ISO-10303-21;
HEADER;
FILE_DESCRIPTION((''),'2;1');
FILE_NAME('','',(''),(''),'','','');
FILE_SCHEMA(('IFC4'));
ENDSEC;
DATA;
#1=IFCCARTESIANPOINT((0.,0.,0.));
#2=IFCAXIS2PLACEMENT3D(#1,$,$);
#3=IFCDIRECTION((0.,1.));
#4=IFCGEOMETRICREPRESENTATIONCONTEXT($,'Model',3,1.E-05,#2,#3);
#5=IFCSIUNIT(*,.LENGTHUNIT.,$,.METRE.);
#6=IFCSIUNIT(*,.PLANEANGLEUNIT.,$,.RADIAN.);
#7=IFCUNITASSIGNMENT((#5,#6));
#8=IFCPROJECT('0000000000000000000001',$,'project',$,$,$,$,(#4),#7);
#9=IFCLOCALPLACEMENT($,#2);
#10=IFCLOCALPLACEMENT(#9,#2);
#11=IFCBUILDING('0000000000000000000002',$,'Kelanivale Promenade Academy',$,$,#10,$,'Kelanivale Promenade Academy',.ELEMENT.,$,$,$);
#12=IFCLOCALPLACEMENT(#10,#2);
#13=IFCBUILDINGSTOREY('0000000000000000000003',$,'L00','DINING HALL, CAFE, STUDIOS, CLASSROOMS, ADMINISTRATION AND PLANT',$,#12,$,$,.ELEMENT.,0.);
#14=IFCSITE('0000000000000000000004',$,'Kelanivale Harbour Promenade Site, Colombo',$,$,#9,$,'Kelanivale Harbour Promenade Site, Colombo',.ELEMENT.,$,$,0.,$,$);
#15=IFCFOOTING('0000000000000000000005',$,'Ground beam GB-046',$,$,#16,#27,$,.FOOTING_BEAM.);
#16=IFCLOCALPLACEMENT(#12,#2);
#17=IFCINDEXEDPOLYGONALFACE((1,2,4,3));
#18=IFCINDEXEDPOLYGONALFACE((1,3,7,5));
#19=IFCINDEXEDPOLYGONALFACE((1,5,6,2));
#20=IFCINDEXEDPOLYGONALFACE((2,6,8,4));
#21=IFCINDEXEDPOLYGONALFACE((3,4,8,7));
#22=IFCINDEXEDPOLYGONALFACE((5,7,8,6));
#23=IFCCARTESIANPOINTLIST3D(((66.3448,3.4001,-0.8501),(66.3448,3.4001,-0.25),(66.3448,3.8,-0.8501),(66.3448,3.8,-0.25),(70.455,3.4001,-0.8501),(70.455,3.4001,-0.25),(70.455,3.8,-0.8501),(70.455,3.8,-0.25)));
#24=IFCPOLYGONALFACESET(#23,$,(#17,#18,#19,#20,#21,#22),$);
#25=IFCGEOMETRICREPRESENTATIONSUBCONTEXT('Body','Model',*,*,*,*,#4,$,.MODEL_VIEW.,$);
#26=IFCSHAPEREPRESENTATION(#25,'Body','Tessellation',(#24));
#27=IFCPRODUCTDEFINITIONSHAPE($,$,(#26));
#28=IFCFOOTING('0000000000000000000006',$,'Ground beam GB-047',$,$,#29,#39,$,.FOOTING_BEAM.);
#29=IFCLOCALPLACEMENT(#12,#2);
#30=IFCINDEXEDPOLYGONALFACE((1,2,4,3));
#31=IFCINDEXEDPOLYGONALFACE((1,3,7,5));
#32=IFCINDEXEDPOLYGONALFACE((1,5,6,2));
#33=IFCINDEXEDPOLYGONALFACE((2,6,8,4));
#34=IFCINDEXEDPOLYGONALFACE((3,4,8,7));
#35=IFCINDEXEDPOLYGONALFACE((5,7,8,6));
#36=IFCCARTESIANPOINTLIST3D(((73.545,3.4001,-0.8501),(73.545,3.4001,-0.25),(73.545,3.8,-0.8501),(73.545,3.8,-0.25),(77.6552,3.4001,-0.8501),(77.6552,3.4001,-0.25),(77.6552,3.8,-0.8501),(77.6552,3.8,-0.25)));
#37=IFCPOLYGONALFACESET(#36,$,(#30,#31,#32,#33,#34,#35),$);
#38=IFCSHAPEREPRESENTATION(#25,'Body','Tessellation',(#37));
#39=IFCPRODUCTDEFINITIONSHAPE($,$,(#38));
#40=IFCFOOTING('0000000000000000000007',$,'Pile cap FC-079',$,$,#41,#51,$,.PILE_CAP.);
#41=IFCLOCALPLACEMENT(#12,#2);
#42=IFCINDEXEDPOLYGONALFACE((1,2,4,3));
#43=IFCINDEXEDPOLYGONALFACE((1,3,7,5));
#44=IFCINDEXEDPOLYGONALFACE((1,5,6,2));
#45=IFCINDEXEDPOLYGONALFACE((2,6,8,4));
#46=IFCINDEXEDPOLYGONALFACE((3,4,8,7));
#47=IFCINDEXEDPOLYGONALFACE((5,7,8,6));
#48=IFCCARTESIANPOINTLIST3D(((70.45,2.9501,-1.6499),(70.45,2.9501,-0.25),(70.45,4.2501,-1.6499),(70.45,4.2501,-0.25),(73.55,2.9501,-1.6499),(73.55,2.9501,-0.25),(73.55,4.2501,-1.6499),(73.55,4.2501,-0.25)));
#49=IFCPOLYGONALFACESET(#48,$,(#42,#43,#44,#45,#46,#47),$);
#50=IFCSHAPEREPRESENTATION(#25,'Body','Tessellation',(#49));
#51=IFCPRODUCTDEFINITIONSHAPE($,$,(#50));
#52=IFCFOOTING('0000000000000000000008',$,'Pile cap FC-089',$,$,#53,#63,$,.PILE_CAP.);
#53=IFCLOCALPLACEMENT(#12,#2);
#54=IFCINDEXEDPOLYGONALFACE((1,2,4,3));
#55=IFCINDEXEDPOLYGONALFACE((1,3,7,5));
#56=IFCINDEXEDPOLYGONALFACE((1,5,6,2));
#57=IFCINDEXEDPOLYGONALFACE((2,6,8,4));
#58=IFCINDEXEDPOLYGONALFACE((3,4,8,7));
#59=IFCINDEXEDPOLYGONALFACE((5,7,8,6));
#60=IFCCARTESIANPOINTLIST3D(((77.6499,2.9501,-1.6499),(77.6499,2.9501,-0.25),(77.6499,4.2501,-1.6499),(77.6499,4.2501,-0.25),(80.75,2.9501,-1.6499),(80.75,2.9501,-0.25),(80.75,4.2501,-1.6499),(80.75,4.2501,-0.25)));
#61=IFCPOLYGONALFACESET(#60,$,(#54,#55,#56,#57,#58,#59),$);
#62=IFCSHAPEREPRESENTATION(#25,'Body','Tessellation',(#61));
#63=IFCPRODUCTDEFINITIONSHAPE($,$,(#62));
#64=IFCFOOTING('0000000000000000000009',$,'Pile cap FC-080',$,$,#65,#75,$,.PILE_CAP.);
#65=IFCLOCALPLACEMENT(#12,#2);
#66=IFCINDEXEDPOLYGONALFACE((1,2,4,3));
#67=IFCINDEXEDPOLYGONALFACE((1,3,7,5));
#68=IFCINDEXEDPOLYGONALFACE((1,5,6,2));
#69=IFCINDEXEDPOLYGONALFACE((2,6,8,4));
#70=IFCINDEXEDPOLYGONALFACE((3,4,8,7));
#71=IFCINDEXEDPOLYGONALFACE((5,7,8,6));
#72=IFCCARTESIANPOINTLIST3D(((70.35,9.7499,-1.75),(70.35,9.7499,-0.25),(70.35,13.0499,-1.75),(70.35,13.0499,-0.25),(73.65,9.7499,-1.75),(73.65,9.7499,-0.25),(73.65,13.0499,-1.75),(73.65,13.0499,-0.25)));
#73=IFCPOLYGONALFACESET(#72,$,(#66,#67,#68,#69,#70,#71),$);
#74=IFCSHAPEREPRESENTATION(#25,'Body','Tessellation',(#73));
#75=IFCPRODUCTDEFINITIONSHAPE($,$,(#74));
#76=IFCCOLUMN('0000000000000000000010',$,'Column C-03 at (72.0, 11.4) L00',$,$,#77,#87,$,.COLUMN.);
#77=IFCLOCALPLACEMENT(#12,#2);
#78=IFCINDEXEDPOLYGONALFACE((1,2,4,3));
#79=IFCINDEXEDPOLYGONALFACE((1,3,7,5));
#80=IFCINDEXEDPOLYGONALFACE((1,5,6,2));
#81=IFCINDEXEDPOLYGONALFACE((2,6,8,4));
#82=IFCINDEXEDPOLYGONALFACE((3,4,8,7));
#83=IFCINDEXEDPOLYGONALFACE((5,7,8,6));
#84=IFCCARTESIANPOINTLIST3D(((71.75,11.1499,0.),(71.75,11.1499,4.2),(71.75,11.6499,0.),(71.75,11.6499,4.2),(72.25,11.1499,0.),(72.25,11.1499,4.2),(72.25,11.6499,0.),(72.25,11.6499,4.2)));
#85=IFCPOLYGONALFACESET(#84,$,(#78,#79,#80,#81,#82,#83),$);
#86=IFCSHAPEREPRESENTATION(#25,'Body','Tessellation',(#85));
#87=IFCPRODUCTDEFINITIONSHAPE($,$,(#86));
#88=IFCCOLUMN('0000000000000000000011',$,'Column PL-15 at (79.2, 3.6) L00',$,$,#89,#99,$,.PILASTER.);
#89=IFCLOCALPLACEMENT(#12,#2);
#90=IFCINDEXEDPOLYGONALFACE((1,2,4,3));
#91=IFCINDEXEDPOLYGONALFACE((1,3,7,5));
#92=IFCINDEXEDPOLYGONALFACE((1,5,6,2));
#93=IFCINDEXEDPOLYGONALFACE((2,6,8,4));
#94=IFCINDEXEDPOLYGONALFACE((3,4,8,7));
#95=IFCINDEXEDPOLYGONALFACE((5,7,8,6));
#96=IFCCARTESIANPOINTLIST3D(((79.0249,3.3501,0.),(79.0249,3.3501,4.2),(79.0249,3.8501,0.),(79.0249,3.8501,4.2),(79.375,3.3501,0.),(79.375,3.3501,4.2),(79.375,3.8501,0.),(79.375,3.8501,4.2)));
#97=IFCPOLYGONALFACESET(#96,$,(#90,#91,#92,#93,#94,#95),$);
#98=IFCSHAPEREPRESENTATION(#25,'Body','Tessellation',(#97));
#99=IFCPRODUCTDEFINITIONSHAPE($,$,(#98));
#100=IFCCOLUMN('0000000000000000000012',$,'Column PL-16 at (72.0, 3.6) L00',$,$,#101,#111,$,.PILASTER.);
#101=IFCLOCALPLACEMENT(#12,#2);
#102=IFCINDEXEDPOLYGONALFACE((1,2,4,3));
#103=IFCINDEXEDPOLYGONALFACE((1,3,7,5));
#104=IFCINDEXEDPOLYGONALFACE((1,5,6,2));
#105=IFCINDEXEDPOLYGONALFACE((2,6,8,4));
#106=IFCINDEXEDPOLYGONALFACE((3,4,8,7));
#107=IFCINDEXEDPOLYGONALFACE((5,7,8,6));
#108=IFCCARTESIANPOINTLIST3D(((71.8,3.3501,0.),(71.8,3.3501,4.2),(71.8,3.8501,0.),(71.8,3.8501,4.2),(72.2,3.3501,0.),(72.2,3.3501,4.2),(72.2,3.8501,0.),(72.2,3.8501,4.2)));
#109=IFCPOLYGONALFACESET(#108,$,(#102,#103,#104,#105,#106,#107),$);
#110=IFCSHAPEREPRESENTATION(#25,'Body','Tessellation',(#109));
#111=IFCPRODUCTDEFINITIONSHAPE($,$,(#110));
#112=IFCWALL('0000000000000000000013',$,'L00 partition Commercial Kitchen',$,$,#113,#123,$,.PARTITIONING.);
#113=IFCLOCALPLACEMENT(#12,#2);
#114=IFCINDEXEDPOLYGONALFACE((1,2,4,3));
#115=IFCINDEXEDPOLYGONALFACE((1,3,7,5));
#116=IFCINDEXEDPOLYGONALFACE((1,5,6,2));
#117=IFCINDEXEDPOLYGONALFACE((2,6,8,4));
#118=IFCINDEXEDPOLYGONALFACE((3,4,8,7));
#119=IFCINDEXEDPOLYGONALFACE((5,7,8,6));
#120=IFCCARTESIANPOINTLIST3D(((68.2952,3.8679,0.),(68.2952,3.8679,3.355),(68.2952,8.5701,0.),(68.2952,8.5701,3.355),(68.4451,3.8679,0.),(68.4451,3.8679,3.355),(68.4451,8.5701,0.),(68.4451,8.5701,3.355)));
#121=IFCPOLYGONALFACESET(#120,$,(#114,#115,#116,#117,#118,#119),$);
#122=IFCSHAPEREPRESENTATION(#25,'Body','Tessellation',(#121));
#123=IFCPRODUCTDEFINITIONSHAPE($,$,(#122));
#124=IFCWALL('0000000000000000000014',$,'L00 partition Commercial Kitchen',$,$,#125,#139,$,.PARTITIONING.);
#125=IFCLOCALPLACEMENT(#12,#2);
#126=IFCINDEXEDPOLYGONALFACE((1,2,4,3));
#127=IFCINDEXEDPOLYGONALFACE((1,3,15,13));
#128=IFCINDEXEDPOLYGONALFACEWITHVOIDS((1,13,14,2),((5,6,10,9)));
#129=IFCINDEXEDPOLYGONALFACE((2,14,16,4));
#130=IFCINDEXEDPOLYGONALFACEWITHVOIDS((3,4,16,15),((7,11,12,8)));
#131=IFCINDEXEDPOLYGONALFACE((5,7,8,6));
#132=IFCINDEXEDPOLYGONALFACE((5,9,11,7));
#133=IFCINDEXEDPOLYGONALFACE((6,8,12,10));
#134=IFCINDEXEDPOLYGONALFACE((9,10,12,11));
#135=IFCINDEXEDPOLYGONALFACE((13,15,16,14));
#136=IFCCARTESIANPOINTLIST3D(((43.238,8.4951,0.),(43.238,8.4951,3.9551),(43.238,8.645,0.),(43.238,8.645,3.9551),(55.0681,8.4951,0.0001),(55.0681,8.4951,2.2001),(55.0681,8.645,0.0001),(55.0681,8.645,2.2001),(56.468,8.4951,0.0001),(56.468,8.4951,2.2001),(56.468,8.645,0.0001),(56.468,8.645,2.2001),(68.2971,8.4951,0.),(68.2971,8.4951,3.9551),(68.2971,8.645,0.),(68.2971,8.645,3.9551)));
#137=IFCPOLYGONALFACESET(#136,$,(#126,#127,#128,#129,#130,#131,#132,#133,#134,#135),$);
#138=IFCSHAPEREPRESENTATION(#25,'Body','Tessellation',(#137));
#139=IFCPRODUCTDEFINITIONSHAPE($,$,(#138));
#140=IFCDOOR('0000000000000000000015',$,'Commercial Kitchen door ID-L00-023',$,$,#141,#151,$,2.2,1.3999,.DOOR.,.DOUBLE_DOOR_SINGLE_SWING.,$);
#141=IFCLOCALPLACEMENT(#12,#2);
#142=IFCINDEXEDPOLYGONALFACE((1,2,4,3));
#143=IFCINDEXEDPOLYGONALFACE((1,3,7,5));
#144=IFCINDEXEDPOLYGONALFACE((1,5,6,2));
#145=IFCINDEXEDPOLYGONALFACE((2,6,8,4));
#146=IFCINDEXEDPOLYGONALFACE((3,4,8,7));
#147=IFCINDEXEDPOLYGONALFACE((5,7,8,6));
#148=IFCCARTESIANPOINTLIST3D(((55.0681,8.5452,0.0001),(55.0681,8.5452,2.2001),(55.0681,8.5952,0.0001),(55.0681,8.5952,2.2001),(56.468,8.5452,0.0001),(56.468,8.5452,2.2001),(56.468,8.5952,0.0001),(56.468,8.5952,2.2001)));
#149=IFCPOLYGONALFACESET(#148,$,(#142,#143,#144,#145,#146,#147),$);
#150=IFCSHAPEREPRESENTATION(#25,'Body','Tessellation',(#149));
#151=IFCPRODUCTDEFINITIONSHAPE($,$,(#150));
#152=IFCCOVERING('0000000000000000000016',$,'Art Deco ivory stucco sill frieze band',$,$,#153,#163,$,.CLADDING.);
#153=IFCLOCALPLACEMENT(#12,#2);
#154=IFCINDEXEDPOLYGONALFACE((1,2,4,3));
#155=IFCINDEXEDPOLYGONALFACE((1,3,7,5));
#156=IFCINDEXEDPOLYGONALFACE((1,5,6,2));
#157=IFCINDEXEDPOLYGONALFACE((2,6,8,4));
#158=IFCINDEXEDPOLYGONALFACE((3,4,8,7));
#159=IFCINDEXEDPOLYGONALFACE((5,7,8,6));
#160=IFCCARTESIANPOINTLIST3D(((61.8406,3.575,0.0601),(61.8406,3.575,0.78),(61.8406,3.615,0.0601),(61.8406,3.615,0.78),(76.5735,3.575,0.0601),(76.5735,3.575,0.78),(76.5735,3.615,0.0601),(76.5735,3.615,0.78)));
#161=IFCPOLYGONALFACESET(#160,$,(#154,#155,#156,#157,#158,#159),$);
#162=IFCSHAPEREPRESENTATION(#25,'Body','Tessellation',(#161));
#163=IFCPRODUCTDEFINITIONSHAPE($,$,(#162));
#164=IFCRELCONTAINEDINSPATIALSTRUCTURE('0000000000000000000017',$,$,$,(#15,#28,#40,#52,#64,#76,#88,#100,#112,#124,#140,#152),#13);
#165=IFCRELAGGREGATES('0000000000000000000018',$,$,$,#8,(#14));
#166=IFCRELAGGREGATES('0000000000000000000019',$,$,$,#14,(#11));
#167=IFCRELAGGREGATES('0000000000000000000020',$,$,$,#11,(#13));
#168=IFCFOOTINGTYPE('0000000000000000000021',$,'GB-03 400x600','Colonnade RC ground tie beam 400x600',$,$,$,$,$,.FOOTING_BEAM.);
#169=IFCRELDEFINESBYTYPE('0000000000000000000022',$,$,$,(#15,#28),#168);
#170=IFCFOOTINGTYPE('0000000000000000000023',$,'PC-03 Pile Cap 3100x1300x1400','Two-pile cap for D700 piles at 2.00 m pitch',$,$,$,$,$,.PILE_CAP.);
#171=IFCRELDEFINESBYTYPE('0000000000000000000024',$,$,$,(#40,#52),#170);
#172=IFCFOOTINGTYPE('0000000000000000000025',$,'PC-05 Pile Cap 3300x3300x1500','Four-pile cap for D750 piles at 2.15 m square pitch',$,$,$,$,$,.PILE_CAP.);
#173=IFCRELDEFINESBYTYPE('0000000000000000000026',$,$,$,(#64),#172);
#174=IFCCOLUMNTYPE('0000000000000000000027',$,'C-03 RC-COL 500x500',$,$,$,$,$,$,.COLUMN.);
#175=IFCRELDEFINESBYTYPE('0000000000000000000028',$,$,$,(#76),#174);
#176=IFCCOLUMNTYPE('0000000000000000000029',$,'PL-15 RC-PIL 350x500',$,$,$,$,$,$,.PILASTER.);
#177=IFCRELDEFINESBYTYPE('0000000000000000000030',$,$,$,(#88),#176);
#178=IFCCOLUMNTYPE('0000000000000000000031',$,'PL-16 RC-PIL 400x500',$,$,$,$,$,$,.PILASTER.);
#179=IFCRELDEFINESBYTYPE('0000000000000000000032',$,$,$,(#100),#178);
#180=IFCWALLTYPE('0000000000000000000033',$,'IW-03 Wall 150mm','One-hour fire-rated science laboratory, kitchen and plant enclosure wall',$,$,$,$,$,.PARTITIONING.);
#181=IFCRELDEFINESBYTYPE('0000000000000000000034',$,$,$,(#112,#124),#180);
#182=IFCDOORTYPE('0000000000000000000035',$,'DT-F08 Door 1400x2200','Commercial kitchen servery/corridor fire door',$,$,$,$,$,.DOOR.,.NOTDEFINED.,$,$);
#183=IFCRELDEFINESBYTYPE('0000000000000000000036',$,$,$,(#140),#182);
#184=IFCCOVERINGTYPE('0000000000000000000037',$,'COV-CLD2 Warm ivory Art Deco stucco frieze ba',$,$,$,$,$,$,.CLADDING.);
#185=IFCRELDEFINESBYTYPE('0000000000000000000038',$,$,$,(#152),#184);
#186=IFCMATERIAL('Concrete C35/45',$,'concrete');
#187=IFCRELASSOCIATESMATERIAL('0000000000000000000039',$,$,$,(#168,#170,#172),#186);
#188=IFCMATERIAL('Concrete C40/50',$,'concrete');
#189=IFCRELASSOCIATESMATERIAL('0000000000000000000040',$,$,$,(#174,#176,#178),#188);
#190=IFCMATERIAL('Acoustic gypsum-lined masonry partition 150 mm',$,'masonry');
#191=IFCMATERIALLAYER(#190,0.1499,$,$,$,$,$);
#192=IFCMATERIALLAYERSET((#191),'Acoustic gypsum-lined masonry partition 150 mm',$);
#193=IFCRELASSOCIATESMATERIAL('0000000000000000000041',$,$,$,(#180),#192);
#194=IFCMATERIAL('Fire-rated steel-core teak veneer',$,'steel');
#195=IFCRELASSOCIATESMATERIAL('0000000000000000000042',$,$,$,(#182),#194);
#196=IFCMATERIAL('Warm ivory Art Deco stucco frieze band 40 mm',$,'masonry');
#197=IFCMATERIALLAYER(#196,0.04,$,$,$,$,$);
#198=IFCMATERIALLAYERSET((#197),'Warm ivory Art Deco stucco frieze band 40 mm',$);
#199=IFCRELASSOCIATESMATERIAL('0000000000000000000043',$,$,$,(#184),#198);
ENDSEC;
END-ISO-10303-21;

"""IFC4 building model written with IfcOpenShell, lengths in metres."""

from ifc_helpers import new_model, si_unit, direction, frame, frame_2d, origin, origin_2d, place, context, subcontext, project, spatial, rectangle, extrude, material, layer, layer_set, material_profile, profile_set, type_object, element, fill, save


model = new_model("IFC4")

# Units and contexts
model_context = context("Model", 3, precision=1e-05, world=origin(), true_north=direction((0.0, 1.0)))
body_context = subcontext(model_context, "Body", "Model", "MODEL_VIEW")
ifc_project = project(units=[si_unit("LENGTHUNIT", "METRE"), si_unit("PLANEANGLEUNIT", "RADIAN")], contexts=[model_context])

# Site, building, storey
site_placement = place(None, origin())
site = spatial("IfcSite", under=ifc_project, at=site_placement, Name="Kelanivale Harbour Promenade Site, Colombo", LongName="Kelanivale Harbour Promenade Site, Colombo", CompositionType="ELEMENT", RefElevation=0.0)
building_placement = place(site_placement, origin())
building = spatial("IfcBuilding", under=site, at=building_placement, Name="Kelanivale Promenade Academy", LongName="Kelanivale Promenade Academy", CompositionType="ELEMENT")
storey_placement = place(building_placement, origin())
storey = spatial("IfcBuildingStorey", under=building, at=storey_placement, Name="L00", Description="DINING HALL, CAFE, STUDIOS, CLASSROOMS, ADMINISTRATION AND PLANT", CompositionType="ELEMENT", Elevation=0.0)

# Shared definitions
ifc_material_1 = material(Name="Concrete C35/45", Category="concrete")

# Footings
footing_type_1 = type_object("IfcFootingType", Name="GB-03 400x600", Description="Colonnade RC ground tie beam 400x600", PredefinedType="FOOTING_BEAM", material=ifc_material_1)
for number, where, z_axis, x_axis, name in (
    (1, (68.3999, 3.6001, -0.8501), (0.0, 0.0, 1.0), (1.0, 0.0, 0.0), "Ground beam GB-046"),
    (2, (75.6001, 3.6001, -0.8501), (0.0, 0.0, 1.0), (1.0, 0.0, 0.0), "Ground beam GB-047"),
):
    element("IfcFooting", number, at=place(storey_placement, frame(where, z_axis=z_axis, x_axis=x_axis)), inside=storey, type_object=footing_type_1, Name=name, PredefinedType="FOOTING_BEAM", context=body_context, shape_type="SweptSolid", body=[
        extrude(rectangle(XDim=4.1101, YDim=0.3999, at=origin_2d()), origin(), (0.0, 0.0, 1.0), 0.6001),
    ])
footing_type_2 = type_object("IfcFootingType", Name="PC-03 Pile Cap 3100x1300x1400", Description="Two-pile cap for D700 piles at 2.00 m pitch", PredefinedType="PILE_CAP", material=ifc_material_1)
for number, where, z_axis, x_axis, name in (
    (3, (72.0, 3.6001, -1.6499), (0.0, 0.0, 1.0), (1.0, 0.0, 0.0), "Pile cap FC-079"),
    (4, (79.2, 3.6001, -1.6499), (0.0, 0.0, 1.0), (1.0, 0.0, 0.0), "Pile cap FC-089"),
):
    element("IfcFooting", number, at=place(storey_placement, frame(where, z_axis=z_axis, x_axis=x_axis)), inside=storey, type_object=footing_type_2, Name=name, PredefinedType="PILE_CAP", context=body_context, shape_type="SweptSolid", body=[
        extrude(rectangle(XDim=3.1001, YDim=1.3, at=origin_2d()), origin(), (0.0, 0.0, 1.0), 1.3999),
    ])
footing_type_3 = type_object("IfcFootingType", Name="PC-05 Pile Cap 3300x3300x1500", Description="Four-pile cap for D750 piles at 2.15 m square pitch", PredefinedType="PILE_CAP", material=ifc_material_1)
footing_1_placement = place(storey_placement, frame((72.0, 11.3999, -1.75), z_axis=(0.0, 0.0, 1.0), x_axis=(1.0, 0.0, 0.0)))
element("IfcFooting", 5, at=footing_1_placement, inside=storey, type_object=footing_type_3, Name="Pile cap FC-080", PredefinedType="PILE_CAP", context=body_context, shape_type="SweptSolid", body=[
    extrude(rectangle(XDim=3.3, YDim=3.3, at=origin_2d()), origin(), (0.0, 0.0, 1.0), 1.5),
])

# Columns
ifc_material_2 = material(Name="Concrete C40/50", Category="concrete")
ifc_material_profile_1 = material_profile(ifc_material_2, rectangle(XDim=0.5, YDim=0.5, at=origin_2d()), Name="RC-COL 500x500")
ifc_profile_set_1 = profile_set([ifc_material_profile_1], Name="Concrete C40/50")
column_type_1 = type_object("IfcColumnType", Name="C-03 RC-COL 500x500", PredefinedType="COLUMN", material=ifc_profile_set_1)
column_1_placement = place(storey_placement, frame((72.0, 11.3999, 0.0), z_axis=(0.0, 0.0, 1.0), x_axis=(1.0, 0.0, 0.0)))
element("IfcColumn", 6, at=column_1_placement, inside=storey, type_object=column_type_1, Name="Column C-03 at (72.0, 11.4) L00", PredefinedType="COLUMN", context=body_context, shape_type="SweptSolid", body=[
    extrude(rectangle(XDim=0.5, YDim=0.5, at=origin_2d()), origin(), (0.0, 0.0, 1.0), 4.2),
])
ifc_material_profile_2 = material_profile(ifc_material_2, rectangle(XDim=0.3501, YDim=0.5, at=origin_2d()), Name="RC-PIL 350x500")
ifc_profile_set_2 = profile_set([ifc_material_profile_2], Name="Concrete C40/50")
column_type_2 = type_object("IfcColumnType", Name="PL-15 RC-PIL 350x500", PredefinedType="PILASTER", material=ifc_profile_set_2)
column_2_placement = place(storey_placement, frame((79.2, 3.6001, 0.0), z_axis=(0.0, 0.0, 1.0), x_axis=(1.0, 0.0, 0.0)))
element("IfcColumn", 7, at=column_2_placement, inside=storey, type_object=column_type_2, Name="Column PL-15 at (79.2, 3.6) L00", PredefinedType="PILASTER", context=body_context, shape_type="SweptSolid", body=[
    extrude(rectangle(XDim=0.3501, YDim=0.5, at=origin_2d()), origin(), (0.0, 0.0, 1.0), 4.2),
])
ifc_material_profile_3 = material_profile(ifc_material_2, rectangle(XDim=0.3999, YDim=0.5, at=origin_2d()), Name="RC-PIL 400x500")
ifc_profile_set_3 = profile_set([ifc_material_profile_3], Name="Concrete C40/50")
column_type_3 = type_object("IfcColumnType", Name="PL-16 RC-PIL 400x500", PredefinedType="PILASTER", material=ifc_profile_set_3)
column_3_placement = place(storey_placement, frame((72.0, 3.6001, 0.0), z_axis=(0.0, 0.0, 1.0), x_axis=(1.0, 0.0, 0.0)))
element("IfcColumn", 8, at=column_3_placement, inside=storey, type_object=column_type_3, Name="Column PL-16 at (72.0, 3.6) L00", PredefinedType="PILASTER", context=body_context, shape_type="SweptSolid", body=[
    extrude(rectangle(XDim=0.3999, YDim=0.5, at=origin_2d()), origin(), (0.0, 0.0, 1.0), 4.2),
])

# Wall
ifc_material_3 = material(Name="Acoustic gypsum-lined masonry partition 150 mm", Category="masonry")
ifc_layer_1 = layer(ifc_material_3, 0.1499)
ifc_layer_set_1 = layer_set([ifc_layer_1], Name="Acoustic gypsum-lined masonry partition 150 mm")
wall_type_1 = type_object("IfcWallType", Name="IW-03 Wall 150mm", Description="One-hour fire-rated science laboratory, kitchen and plant enclosure wall", PredefinedType="PARTITIONING", material=ifc_layer_set_1)
wall_1_placement = place(storey_placement, frame((68.3701, 3.8679, 0.0), z_axis=(0.0, 0.0, 1.0), x_axis=(0.0, 1.0, 0.0)))
element("IfcWall", 9, at=wall_1_placement, inside=storey, type_object=wall_type_1, Name="L00 partition Commercial Kitchen", PredefinedType="PARTITIONING", context=body_context, shape_type="SweptSolid", body=[
    extrude(rectangle(XDim=4.7021, YDim=0.1499, at=frame_2d((2.3511, 0.0))), origin(), (0.0, 0.0, 1.0), 3.355),
])

# Wall, opening, door
wall_2_placement = place(storey_placement, frame((68.2971, 8.5701, 0.0), z_axis=(0.0, 0.0, 1.0), x_axis=(-1.0, 0.0, 0.0)))
wall_2 = element("IfcWall", 10, at=wall_2_placement, inside=storey, type_object=wall_type_1, Name="L00 partition Commercial Kitchen", PredefinedType="PARTITIONING", context=body_context, shape_type="SweptSolid", body=[
    extrude(rectangle(XDim=25.0591, YDim=0.1499, at=frame_2d((12.5295, 0.0))), origin(), (0.0, 0.0, 1.0), 3.9551),
])
opening_1_placement = place(wall_2_placement, frame((11.8291, 0.0, 0.0)))
opening_1 = element("IfcOpeningElement", 11, at=opening_1_placement, cuts=wall_2, PredefinedType="OPENING", context=body_context, shape_type="SweptSolid", body=[
    extrude(rectangle(XDim=1.3999, YDim=2.2, at=frame_2d((0.7, 1.1001))), frame((0.0, 0.085, 0.0), z_axis=(0.0, -1.0, 0.0), x_axis=(1.0, 0.0, 0.0)), (0.0, 0.0, 1.0), 0.1699),
])
ifc_material_4 = material(Name="Fire-rated steel-core teak veneer", Category="steel")
door_type_1 = type_object("IfcDoorType", Name="DT-F08 Door 1400x2200", Description="Commercial kitchen servery/corridor fire door", OperationType="NOTDEFINED", PredefinedType="DOOR", material=ifc_material_4)
door_1_placement = place(opening_1_placement, origin())
door_1 = element("IfcDoor", 12, at=door_1_placement, inside=storey, type_object=door_type_1, Name="Commercial Kitchen door ID-L00-023", OperationType="DOUBLE_DOOR_SINGLE_SWING", OverallHeight=2.2, OverallWidth=1.3999, PredefinedType="DOOR", context=body_context, shape_type="SweptSolid", body=[
    extrude(rectangle(XDim=1.3999, YDim=2.2, at=frame_2d((0.7, 1.1001))), frame((0.0, 0.0249, 0.0), z_axis=(0.0, -1.0, 0.0), x_axis=(1.0, 0.0, 0.0)), (0.0, 0.0, 1.0), 0.05),
])
fill(opening_1, door_1)

# Covering
ifc_material_5 = material(Name="Warm ivory Art Deco stucco frieze band 40 mm", Category="masonry")
ifc_layer_2 = layer(ifc_material_5, 0.04)
ifc_layer_set_2 = layer_set([ifc_layer_2], Name="Warm ivory Art Deco stucco frieze band 40 mm")
covering_type = type_object("IfcCoveringType", Name="COV-CLD2 Warm ivory Art Deco stucco frieze ba", PredefinedType="CLADDING", material=ifc_layer_set_2)
covering_placement = place(storey_placement, frame((69.207, 3.595, 0.0601), z_axis=(0.0, 0.0, 1.0), x_axis=(1.0, 0.0, 0.0)))
element("IfcCovering", 13, at=covering_placement, inside=storey, type_object=covering_type, Name="Art Deco ivory stucco sill frieze band", PredefinedType="CLADDING", context=body_context, shape_type="SweptSolid", body=[
    extrude(rectangle(XDim=14.7329, YDim=0.04, at=origin_2d()), origin(), (0.0, 0.0, 1.0), 0.72),
])

save(model, "model.ifc")
